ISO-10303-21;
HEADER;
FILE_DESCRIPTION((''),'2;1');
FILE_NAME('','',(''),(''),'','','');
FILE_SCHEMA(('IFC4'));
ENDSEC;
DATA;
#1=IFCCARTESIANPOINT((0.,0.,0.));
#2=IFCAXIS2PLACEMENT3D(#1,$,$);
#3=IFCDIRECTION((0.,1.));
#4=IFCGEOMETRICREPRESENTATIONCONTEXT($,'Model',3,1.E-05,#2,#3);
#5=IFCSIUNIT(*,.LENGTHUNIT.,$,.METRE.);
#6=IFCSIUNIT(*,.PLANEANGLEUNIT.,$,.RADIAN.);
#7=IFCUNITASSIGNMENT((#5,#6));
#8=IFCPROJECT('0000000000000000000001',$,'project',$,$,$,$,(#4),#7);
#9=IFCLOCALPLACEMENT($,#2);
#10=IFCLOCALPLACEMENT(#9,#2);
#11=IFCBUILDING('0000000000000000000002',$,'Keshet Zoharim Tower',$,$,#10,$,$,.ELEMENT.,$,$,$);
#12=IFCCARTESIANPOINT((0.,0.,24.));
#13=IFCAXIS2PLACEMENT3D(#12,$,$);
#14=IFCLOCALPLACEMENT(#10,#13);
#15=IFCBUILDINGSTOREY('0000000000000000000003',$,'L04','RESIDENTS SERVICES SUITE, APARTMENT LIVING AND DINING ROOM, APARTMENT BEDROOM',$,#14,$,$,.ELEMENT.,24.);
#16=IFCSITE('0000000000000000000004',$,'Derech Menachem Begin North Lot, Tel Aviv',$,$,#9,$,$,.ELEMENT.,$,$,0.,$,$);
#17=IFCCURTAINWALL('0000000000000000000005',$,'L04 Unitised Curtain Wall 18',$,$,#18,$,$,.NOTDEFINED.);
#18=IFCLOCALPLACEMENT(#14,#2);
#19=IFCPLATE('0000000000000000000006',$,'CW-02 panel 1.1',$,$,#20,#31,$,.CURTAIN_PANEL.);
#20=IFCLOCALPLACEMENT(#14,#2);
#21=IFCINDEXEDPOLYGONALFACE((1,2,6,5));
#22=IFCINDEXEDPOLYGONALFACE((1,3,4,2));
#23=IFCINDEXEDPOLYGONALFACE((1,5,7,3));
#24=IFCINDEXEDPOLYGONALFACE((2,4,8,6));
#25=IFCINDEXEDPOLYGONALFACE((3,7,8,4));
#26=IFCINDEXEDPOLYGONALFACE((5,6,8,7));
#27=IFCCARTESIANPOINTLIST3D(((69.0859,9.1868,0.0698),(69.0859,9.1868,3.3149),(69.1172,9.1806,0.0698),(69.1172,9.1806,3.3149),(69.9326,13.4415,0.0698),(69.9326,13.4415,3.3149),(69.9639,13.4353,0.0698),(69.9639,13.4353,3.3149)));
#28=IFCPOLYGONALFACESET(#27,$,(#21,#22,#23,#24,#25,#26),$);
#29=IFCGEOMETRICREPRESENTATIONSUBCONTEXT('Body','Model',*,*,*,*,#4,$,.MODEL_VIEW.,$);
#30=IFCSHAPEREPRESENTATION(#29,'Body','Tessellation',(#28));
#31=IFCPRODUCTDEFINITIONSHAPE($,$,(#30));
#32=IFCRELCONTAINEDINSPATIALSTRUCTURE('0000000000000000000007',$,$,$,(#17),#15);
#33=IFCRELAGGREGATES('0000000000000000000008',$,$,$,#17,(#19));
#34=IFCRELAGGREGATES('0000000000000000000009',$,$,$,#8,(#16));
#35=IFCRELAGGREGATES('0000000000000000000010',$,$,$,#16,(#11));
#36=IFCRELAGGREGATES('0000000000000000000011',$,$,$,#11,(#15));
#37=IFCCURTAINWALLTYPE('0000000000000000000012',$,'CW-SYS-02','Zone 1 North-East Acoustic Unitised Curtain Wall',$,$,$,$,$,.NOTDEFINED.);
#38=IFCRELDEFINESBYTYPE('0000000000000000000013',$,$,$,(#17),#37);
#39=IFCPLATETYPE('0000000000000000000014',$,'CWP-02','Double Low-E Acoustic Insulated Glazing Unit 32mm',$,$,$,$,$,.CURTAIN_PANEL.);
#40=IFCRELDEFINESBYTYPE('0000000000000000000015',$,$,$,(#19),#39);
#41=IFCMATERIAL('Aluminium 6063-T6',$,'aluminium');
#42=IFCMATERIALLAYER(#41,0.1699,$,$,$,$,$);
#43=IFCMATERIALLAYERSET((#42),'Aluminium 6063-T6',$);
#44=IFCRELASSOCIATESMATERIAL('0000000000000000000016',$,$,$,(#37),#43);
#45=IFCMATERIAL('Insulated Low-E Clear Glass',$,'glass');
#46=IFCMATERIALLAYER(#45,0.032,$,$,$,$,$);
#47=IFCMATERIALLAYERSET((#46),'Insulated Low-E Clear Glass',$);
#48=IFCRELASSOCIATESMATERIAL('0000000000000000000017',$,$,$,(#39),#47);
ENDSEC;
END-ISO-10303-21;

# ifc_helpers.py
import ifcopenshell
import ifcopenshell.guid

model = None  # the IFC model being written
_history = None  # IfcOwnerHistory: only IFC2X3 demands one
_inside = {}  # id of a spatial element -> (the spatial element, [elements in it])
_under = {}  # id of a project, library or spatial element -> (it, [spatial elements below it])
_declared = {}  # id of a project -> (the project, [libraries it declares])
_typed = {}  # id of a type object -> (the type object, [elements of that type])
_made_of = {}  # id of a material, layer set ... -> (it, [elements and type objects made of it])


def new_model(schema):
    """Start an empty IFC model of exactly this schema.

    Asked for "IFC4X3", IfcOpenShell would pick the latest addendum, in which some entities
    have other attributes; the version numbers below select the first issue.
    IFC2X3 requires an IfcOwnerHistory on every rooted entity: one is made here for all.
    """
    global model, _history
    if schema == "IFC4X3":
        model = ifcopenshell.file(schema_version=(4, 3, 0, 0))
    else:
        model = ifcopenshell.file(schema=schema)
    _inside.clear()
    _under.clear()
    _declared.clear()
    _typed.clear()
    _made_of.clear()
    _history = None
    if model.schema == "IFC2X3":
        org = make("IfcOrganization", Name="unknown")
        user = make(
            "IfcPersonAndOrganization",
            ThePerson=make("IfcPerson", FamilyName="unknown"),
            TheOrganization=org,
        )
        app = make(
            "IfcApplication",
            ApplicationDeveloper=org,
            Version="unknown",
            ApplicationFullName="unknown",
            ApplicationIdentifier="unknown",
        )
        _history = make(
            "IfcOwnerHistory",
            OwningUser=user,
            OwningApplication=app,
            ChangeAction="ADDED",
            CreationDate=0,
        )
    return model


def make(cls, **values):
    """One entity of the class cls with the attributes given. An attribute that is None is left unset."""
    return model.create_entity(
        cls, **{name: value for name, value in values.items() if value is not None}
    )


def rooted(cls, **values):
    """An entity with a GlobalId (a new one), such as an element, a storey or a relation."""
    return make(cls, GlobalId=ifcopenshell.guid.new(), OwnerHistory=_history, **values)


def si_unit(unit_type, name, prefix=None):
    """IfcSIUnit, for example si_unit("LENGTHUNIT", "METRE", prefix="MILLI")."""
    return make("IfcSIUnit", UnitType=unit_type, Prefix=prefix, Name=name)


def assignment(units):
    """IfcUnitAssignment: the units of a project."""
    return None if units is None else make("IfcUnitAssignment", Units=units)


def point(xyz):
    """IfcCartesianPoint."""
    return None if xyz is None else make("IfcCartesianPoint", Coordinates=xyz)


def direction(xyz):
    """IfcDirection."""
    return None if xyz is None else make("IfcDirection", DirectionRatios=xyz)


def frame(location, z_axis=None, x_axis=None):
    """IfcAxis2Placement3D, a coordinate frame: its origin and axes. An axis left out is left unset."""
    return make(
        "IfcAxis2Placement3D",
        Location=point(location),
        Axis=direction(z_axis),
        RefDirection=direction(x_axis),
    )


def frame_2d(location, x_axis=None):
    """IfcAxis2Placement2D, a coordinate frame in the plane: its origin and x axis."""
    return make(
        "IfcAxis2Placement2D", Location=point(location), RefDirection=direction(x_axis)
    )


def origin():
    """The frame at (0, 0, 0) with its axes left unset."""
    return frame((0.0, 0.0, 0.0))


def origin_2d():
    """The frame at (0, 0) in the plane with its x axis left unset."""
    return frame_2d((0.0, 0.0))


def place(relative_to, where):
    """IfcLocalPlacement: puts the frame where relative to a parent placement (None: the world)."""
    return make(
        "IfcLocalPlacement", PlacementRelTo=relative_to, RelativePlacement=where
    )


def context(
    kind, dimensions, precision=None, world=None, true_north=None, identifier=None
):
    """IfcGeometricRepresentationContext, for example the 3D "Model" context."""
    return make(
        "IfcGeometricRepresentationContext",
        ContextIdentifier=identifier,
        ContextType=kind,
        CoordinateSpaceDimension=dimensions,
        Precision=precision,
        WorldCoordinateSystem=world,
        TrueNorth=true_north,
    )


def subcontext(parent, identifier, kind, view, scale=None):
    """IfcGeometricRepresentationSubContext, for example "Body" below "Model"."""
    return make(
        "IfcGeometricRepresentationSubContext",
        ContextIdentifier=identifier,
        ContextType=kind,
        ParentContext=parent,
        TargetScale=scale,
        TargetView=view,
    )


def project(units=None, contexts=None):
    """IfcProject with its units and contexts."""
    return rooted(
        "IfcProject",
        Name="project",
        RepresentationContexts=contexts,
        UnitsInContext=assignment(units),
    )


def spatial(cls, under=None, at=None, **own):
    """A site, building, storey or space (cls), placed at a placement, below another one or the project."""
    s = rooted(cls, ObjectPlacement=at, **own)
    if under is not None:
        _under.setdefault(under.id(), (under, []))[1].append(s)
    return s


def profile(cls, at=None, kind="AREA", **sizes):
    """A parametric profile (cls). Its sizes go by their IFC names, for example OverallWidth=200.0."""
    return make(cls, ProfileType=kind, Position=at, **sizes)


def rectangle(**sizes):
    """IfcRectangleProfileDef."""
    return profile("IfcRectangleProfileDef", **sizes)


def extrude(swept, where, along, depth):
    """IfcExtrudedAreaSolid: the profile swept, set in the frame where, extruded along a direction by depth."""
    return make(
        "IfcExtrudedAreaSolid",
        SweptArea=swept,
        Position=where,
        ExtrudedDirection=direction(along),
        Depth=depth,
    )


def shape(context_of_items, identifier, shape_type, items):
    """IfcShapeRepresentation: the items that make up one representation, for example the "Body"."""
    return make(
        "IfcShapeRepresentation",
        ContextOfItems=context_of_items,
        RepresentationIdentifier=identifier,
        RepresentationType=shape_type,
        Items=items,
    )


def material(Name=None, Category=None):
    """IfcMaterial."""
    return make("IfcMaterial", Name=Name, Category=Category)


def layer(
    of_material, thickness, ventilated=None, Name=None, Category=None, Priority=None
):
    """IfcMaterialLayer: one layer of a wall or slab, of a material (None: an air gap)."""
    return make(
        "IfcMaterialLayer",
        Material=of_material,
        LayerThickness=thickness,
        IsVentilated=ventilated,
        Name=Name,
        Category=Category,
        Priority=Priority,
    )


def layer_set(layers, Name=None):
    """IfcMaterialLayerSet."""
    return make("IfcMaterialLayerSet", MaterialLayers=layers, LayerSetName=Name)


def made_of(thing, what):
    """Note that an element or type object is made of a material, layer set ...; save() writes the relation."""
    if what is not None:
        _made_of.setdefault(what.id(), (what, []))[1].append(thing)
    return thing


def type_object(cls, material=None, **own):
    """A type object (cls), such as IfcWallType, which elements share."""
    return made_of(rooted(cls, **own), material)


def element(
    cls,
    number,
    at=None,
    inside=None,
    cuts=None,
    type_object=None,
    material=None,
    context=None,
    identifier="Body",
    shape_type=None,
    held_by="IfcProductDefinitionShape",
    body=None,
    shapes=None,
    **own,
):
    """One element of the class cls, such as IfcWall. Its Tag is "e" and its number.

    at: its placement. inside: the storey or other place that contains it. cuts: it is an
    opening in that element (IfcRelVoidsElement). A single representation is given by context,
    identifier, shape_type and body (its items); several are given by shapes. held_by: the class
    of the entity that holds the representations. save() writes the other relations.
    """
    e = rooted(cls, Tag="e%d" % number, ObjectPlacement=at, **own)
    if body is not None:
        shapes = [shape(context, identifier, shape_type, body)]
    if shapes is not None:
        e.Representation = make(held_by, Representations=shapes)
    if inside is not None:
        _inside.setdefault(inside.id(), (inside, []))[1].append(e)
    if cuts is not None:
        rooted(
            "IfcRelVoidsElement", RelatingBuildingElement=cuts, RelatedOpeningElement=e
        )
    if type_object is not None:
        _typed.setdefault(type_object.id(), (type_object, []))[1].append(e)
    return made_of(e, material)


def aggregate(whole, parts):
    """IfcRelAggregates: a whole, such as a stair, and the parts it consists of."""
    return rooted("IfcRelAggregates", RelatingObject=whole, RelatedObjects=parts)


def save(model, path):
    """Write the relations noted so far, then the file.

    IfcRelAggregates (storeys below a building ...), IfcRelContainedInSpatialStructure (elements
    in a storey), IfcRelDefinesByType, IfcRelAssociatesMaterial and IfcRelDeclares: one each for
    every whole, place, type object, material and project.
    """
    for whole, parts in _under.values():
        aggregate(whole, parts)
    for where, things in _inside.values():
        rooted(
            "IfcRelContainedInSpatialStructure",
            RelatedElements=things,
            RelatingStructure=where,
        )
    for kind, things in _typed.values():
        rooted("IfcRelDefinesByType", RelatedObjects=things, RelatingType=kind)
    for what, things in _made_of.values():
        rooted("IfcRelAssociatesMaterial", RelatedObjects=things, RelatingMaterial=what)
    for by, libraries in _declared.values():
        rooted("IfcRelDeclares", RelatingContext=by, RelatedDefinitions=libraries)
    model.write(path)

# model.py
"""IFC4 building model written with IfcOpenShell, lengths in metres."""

from ifc_helpers import new_model, si_unit, direction, frame, origin, origin_2d, place, context, subcontext, project, spatial, rectangle, extrude, material, layer, layer_set, type_object, element, aggregate, save


model = new_model("IFC4")

# Units and contexts
model_context = context("Model", 3, precision=1e-05, world=origin(), true_north=direction((0.0, 1.0)))
body_context = subcontext(model_context, "Body", "Model", "MODEL_VIEW")
ifc_project = project(units=[si_unit("LENGTHUNIT", "METRE"), si_unit("PLANEANGLEUNIT", "RADIAN")], contexts=[model_context])

# Site, building, storey
site_placement = place(None, origin())
site = spatial("IfcSite", under=ifc_project, at=site_placement, Name="Derech Menachem Begin North Lot, Tel Aviv", CompositionType="ELEMENT", RefElevation=0.0)
building_placement = place(site_placement, origin())
building = spatial("IfcBuilding", under=site, at=building_placement, Name="Keshet Zoharim Tower", CompositionType="ELEMENT")
storey_placement = place(building_placement, frame((0.0, 0.0, 24.0)))
storey = spatial("IfcBuildingStorey", under=building, at=storey_placement, Name="L04", Description="RESIDENTS SERVICES SUITE, APARTMENT LIVING AND DINING ROOM, APARTMENT BEDROOM", CompositionType="ELEMENT", Elevation=24.0)

# Shared definitions
ifc_material_1 = material(Name="Aluminium 6063-T6", Category="aluminium")
ifc_layer_1 = layer(ifc_material_1, 0.1699)
ifc_layer_set_1 = layer_set([ifc_layer_1], Name="Aluminium 6063-T6")
curtain_wall_type_1 = type_object("IfcCurtainWallType", Name="CW-SYS-02", Description="Zone 1 North-East Acoustic Unitised Curtain Wall", PredefinedType="NOTDEFINED", material=ifc_layer_set_1)

# Curtain wall
curtain_wall_1_placement = place(storey_placement, origin())
curtain_wall_1 = element("IfcCurtainWall", 1, at=curtain_wall_1_placement, inside=storey, type_object=curtain_wall_type_1, Name="L04 Unitised Curtain Wall 18", PredefinedType="NOTDEFINED")

# Plate
ifc_material_2 = material(Name="Insulated Low-E Clear Glass", Category="glass")
ifc_layer_2 = layer(ifc_material_2, 0.032)
ifc_layer_set_2 = layer_set([ifc_layer_2], Name="Insulated Low-E Clear Glass")
plate_type_1 = type_object("IfcPlateType", Name="CWP-02", Description="Double Low-E Acoustic Insulated Glazing Unit 32mm", PredefinedType="CURTAIN_PANEL", material=ifc_layer_set_2)
plate_1_placement = place(storey_placement, frame((69.5249, 11.311, 0.0698), z_axis=(0.0, 0.0, 1.0), x_axis=(-0.195171, -0.980769, 0.0)))
plate_1 = element("IfcPlate", 2, at=plate_1_placement, type_object=plate_type_1, Name="CW-02 panel 1.1", PredefinedType="CURTAIN_PANEL", context=body_context, shape_type="SweptSolid", body=[
    extrude(rectangle(XDim=4.3381, YDim=0.032, at=origin_2d()), origin(), (0.0, 0.0, 1.0), 3.2451),
])
aggregate(curtain_wall_1, [plate_1])

save(model, "model.ifc")
